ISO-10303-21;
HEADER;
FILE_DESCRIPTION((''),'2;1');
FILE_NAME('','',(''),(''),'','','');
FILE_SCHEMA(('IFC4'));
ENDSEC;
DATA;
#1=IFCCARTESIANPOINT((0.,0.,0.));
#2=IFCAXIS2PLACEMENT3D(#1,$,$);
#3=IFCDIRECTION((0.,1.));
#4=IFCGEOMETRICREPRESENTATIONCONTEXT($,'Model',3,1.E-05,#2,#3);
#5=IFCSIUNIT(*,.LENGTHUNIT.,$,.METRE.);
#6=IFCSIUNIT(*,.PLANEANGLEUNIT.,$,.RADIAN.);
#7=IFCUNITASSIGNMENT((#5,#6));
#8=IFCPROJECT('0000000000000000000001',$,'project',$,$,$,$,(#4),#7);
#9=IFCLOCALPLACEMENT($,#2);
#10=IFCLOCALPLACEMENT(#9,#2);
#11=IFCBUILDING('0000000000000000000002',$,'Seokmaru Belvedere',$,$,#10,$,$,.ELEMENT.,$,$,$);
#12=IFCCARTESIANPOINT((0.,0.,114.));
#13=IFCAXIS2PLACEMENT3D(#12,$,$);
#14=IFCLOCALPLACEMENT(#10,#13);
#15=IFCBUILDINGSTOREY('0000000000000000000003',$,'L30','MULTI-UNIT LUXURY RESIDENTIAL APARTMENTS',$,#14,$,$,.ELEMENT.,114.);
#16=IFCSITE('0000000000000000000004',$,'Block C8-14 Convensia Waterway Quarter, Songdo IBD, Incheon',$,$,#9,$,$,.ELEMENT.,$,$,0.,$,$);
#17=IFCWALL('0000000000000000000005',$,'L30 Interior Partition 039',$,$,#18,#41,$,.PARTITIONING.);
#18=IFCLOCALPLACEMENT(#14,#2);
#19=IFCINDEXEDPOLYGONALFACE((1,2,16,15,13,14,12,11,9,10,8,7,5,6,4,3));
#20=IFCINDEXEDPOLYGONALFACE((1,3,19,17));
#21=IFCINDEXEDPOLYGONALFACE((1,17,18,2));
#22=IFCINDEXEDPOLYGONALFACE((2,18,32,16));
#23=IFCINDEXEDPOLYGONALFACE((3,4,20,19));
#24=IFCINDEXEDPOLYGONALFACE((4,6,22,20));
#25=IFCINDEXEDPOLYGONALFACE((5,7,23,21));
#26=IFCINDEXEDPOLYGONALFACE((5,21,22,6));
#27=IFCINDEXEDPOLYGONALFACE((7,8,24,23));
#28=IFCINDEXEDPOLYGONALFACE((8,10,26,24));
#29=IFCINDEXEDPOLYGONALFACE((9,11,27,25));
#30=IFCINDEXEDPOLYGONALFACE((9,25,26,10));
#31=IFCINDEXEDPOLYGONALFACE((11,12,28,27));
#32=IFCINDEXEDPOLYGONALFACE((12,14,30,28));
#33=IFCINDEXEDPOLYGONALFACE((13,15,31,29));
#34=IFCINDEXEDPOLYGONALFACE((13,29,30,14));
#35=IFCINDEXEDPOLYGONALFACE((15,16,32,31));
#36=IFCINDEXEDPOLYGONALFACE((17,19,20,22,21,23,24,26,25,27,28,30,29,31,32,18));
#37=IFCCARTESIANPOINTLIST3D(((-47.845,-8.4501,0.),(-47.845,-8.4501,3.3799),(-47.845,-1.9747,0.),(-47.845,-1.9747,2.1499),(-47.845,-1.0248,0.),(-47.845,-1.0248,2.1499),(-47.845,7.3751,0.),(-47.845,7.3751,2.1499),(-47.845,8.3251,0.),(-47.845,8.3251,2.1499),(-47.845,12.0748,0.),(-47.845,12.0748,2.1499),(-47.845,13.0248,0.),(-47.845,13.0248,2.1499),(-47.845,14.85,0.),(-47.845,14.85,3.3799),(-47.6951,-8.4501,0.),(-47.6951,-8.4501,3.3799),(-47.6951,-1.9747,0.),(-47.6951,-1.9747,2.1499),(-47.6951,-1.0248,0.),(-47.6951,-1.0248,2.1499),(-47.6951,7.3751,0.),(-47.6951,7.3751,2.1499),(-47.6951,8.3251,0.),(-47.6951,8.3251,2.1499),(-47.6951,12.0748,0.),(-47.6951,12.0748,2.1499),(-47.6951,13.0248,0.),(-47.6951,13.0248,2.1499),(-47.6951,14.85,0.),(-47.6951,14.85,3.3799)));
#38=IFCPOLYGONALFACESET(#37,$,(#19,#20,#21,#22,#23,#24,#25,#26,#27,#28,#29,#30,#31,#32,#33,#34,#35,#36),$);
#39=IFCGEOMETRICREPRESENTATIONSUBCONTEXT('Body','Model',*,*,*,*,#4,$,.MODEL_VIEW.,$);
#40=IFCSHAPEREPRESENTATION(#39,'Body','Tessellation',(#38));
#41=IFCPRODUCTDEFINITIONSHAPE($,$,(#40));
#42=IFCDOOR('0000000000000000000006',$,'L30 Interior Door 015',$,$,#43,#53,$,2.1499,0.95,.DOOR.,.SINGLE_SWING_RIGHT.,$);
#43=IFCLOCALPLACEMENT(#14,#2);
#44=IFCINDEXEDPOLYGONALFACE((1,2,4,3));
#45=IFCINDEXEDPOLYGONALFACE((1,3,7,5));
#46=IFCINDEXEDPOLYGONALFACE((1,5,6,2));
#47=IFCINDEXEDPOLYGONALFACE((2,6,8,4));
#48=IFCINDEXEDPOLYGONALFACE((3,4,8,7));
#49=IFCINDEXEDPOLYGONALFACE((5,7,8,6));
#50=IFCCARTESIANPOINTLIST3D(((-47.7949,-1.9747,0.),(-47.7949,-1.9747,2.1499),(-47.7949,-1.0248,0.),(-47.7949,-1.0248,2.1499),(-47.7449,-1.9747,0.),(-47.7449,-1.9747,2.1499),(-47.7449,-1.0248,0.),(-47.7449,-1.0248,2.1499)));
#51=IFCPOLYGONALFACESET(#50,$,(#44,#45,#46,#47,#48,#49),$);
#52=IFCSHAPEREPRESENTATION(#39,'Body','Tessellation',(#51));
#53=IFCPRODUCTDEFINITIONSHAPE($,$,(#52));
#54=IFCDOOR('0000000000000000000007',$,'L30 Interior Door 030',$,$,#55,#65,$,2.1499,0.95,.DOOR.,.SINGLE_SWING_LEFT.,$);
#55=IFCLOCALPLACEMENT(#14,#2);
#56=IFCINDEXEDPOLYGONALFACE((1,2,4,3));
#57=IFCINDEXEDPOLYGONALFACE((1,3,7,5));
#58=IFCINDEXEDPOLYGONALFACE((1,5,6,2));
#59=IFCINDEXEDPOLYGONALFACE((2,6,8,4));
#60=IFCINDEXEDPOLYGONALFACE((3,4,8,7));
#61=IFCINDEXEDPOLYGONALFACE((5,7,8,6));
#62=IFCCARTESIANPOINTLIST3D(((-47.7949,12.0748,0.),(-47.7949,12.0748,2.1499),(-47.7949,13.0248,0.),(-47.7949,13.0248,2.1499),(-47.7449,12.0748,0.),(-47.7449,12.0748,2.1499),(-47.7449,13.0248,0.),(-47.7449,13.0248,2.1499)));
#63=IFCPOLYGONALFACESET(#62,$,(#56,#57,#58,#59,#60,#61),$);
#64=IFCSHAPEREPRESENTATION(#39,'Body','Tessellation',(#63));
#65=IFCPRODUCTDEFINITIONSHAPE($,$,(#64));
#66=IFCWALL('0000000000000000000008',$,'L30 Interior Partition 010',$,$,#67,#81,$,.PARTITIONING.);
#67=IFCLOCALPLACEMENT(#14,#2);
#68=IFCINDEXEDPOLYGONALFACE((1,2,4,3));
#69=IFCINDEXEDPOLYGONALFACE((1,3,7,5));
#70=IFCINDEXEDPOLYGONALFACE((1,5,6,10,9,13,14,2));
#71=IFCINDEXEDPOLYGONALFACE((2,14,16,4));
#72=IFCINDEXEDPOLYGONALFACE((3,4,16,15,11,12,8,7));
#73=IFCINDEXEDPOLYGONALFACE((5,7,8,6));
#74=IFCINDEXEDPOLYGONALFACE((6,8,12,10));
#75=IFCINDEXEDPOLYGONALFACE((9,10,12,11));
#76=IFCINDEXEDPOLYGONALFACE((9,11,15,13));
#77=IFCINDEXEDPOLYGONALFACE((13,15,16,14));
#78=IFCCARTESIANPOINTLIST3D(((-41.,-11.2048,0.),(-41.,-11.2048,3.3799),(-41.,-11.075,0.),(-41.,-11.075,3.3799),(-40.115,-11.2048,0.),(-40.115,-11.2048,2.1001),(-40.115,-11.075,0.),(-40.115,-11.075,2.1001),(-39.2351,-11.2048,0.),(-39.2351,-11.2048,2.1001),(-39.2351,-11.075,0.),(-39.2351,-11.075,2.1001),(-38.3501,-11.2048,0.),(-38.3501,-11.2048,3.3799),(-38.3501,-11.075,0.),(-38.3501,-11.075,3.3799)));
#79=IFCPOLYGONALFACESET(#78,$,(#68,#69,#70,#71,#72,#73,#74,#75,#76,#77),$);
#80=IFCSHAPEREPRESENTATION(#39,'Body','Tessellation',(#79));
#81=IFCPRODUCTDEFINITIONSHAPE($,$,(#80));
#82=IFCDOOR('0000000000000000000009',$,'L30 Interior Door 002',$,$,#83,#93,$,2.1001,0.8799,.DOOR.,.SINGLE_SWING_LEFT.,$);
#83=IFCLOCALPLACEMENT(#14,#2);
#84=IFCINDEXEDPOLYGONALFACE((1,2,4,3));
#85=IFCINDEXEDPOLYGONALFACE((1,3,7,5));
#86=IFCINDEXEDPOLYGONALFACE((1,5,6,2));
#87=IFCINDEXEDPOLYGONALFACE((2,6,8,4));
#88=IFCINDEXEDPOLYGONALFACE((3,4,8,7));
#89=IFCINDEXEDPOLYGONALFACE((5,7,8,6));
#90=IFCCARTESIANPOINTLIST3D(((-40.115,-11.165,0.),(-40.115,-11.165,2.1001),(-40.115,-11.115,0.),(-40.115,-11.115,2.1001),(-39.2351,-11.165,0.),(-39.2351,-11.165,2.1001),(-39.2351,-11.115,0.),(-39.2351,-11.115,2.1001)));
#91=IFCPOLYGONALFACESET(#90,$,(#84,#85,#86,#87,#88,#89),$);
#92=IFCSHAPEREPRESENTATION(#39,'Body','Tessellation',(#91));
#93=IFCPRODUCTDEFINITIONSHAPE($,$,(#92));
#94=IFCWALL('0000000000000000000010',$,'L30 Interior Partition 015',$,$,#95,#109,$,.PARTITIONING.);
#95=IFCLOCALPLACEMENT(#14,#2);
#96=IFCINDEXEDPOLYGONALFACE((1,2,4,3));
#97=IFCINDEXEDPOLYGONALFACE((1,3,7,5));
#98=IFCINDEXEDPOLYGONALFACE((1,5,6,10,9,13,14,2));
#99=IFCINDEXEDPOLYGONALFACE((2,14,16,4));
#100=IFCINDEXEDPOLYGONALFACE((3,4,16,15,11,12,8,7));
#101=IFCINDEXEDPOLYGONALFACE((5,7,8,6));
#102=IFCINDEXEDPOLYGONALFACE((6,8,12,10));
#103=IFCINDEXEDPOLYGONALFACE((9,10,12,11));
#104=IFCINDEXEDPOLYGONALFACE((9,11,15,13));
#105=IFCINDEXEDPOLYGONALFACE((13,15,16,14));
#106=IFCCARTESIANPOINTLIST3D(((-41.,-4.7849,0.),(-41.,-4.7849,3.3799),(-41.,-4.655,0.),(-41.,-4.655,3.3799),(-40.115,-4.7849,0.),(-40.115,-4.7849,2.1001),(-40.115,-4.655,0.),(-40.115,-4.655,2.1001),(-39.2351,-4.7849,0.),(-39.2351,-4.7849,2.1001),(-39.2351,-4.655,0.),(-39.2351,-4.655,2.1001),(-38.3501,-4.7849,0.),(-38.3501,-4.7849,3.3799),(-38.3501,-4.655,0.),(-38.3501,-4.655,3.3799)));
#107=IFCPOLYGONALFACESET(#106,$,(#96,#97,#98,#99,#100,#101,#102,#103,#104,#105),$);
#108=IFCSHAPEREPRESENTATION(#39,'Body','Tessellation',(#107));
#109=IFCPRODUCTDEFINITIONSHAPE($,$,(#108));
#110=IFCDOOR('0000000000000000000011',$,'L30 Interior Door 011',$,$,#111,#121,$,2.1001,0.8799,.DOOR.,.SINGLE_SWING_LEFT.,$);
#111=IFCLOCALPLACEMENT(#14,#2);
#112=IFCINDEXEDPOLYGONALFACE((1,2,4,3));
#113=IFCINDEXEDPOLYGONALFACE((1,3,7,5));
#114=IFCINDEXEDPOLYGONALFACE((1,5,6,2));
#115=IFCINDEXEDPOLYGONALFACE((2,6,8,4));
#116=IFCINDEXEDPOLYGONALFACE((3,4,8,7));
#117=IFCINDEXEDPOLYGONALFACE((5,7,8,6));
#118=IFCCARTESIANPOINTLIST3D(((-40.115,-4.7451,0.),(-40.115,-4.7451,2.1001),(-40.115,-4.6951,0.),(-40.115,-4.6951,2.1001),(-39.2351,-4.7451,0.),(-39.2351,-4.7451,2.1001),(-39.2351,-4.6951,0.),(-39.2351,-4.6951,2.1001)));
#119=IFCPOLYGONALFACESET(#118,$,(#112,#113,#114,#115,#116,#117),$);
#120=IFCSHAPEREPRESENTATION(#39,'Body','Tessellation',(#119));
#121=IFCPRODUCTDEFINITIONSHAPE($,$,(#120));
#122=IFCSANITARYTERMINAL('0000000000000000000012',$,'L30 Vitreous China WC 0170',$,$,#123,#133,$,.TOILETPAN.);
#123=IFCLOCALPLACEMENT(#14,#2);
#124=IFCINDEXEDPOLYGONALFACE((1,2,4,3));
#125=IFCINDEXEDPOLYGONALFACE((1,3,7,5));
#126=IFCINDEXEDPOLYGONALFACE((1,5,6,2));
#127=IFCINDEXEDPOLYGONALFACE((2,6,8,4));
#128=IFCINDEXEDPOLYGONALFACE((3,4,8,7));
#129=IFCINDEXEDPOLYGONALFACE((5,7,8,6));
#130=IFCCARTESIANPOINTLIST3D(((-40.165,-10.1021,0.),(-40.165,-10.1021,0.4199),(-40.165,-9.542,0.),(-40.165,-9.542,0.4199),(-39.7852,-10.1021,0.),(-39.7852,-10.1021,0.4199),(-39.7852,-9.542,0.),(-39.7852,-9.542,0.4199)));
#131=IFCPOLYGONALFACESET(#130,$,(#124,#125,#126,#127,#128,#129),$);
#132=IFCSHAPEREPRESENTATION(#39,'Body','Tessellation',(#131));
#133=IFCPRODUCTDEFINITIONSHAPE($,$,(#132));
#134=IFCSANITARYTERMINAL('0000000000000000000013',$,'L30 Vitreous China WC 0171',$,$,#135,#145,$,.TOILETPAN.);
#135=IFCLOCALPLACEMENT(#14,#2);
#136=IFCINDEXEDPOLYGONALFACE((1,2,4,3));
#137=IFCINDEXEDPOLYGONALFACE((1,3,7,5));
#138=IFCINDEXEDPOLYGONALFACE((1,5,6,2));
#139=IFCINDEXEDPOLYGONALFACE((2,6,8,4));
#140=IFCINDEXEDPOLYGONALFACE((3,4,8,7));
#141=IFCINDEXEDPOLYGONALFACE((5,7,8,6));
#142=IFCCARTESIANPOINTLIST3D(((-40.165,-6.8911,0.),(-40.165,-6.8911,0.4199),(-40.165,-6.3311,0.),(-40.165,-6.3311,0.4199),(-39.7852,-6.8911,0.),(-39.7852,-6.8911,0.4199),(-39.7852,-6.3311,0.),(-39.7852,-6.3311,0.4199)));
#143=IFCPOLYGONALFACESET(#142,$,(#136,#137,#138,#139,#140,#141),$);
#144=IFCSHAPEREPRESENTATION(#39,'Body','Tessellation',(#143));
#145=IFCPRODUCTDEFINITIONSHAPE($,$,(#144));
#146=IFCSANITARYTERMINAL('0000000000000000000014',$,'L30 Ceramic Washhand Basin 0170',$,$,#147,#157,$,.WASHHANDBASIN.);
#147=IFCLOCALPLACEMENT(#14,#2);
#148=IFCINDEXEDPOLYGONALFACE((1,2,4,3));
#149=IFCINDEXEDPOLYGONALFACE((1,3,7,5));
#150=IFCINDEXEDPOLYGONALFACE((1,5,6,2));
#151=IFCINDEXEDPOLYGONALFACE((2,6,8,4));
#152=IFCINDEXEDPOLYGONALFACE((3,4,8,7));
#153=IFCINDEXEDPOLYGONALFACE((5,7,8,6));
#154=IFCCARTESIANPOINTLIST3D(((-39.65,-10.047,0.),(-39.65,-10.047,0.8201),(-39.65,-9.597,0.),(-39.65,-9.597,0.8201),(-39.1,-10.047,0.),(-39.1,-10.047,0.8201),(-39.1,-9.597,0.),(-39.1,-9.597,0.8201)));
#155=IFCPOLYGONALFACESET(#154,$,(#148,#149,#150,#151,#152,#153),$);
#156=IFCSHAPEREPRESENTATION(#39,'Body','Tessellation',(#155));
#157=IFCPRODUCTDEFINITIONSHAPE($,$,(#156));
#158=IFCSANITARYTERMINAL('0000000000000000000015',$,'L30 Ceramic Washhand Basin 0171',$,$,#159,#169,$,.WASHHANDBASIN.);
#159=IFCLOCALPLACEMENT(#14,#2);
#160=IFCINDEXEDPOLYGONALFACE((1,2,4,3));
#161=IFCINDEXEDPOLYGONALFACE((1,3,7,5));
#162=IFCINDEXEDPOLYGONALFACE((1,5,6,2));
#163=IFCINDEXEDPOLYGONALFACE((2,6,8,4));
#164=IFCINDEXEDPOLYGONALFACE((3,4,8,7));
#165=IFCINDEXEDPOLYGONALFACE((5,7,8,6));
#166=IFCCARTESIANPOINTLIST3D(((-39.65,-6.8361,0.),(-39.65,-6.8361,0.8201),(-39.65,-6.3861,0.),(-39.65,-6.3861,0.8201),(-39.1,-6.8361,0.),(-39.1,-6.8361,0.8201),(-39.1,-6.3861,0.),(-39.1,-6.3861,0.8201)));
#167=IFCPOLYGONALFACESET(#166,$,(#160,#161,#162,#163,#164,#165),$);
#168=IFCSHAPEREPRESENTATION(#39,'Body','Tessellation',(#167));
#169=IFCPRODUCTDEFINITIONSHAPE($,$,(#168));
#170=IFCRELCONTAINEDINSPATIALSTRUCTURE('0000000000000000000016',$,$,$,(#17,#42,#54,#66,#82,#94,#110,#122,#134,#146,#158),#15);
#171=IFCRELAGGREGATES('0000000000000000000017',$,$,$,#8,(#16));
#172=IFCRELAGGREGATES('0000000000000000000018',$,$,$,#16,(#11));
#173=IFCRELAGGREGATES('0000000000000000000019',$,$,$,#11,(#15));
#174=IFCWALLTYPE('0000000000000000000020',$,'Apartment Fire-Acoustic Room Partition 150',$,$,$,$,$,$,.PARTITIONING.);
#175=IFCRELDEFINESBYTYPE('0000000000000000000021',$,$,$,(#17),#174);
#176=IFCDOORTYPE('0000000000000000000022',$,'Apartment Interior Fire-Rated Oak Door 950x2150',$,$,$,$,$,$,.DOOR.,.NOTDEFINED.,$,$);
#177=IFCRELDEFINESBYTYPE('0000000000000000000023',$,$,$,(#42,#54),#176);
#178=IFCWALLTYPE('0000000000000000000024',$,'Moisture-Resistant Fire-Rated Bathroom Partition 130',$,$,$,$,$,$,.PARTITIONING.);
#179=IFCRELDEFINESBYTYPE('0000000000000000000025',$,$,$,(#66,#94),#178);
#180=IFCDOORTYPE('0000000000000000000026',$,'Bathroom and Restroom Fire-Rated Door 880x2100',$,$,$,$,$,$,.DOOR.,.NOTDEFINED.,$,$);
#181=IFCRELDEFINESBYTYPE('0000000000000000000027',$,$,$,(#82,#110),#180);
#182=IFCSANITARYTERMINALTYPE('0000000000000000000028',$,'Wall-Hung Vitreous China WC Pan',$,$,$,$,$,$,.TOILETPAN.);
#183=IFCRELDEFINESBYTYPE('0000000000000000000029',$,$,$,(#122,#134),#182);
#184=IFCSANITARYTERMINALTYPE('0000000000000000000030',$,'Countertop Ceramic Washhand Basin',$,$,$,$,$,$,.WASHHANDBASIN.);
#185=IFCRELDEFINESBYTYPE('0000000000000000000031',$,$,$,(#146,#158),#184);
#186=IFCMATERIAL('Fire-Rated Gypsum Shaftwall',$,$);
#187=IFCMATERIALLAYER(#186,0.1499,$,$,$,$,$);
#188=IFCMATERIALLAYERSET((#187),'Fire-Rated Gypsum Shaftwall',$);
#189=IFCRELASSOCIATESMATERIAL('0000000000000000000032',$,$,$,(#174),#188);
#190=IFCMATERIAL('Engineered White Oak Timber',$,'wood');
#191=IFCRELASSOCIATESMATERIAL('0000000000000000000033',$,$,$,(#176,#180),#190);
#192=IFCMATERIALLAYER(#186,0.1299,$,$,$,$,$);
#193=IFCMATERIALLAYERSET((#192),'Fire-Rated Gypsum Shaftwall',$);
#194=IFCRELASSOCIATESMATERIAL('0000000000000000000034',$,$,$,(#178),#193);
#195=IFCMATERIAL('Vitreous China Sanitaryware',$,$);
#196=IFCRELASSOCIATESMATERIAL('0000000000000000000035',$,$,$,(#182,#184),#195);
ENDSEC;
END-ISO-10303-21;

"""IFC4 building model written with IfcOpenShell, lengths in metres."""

from ifc_helpers import new_model, si_unit, direction, frame, frame_2d, origin, origin_2d, place, context, subcontext, project, spatial, rectangle, extrude, source, transform, mapped, material, layer, layer_set, type_object, type_shapes, element, fill, save


model = new_model("IFC4")

# Units and contexts
model_context = context("Model", 3, precision=1e-05, world=origin(), true_north=direction((0.0, 1.0)))
body_context = subcontext(model_context, "Body", "Model", "MODEL_VIEW")
ifc_project = project(units=[si_unit("LENGTHUNIT", "METRE"), si_unit("PLANEANGLEUNIT", "RADIAN")], contexts=[model_context])

# Site, building, storey
site_placement = place(None, origin())
site = spatial("IfcSite", under=ifc_project, at=site_placement, Name="Block C8-14 Convensia Waterway Quarter, Songdo IBD, Incheon", CompositionType="ELEMENT", RefElevation=0.0)
building_placement = place(site_placement, origin())
building = spatial("IfcBuilding", under=site, at=building_placement, Name="Seokmaru Belvedere", CompositionType="ELEMENT")
storey_placement = place(building_placement, frame((0.0, 0.0, 114.0)))
storey = spatial("IfcBuildingStorey", under=building, at=storey_placement, Name="L30", Description="MULTI-UNIT LUXURY RESIDENTIAL APARTMENTS", CompositionType="ELEMENT", Elevation=114.0)

# Wall, openings, doors
ifc_material_1 = material(Name="Fire-Rated Gypsum Shaftwall")
ifc_layer_1 = layer(ifc_material_1, 0.1499)
ifc_layer_set_1 = layer_set([ifc_layer_1], Name="Fire-Rated Gypsum Shaftwall")
wall_type_1 = type_object("IfcWallType", Name="Apartment Fire-Acoustic Room Partition 150", PredefinedType="PARTITIONING", material=ifc_layer_set_1)
wall_1_placement = place(storey_placement, frame((-47.77, -8.45, 0.0), z_axis=(0.0, 0.0, 1.0), x_axis=(0.0, 1.0, 0.0)))
wall_1 = element("IfcWall", 1, at=wall_1_placement, inside=storey, type_object=wall_type_1, Name="L30 Interior Partition 039", PredefinedType="PARTITIONING", context=body_context, shape_type="SweptSolid", body=[
    extrude(rectangle(XDim=23.3, YDim=0.1499, at=frame_2d((11.6499, 0.0))), origin(), (0.0, 0.0, 1.0), 3.3799),
])
opening_1_placement = place(wall_1_placement, frame((6.4751, 0.0, 0.0)))
opening_1 = element("IfcOpeningElement", 2, at=opening_1_placement, cuts=wall_1, PredefinedType="OPENING", context=body_context, shape_type="SweptSolid", body=[
    extrude(rectangle(XDim=0.95, YDim=2.1499, at=frame_2d((0.4751, 1.075))), frame((0.0, 0.085, 0.0), z_axis=(0.0, -1.0, 0.0), x_axis=(1.0, 0.0, 0.0)), (0.0, 0.0, 1.0), 0.1699),
])
opening_2_placement = place(wall_1_placement, frame((20.5247, 0.0, 0.0)))
opening_2 = element("IfcOpeningElement", 3, at=opening_2_placement, cuts=wall_1, PredefinedType="OPENING", context=body_context, shape_type="SweptSolid", body=[
    extrude(rectangle(XDim=0.95, YDim=2.1499, at=frame_2d((0.4751, 1.075))), frame((0.0, 0.085, 0.0), z_axis=(0.0, -1.0, 0.0), x_axis=(1.0, 0.0, 0.0)), (0.0, 0.0, 1.0), 0.1699),
])
opening_3_placement = place(wall_1_placement, frame((15.825, 0.0, 0.0)))
element("IfcOpeningElement", 4, at=opening_3_placement, cuts=wall_1, PredefinedType="OPENING", context=body_context, shape_type="SweptSolid", body=[
    extrude(rectangle(XDim=0.95, YDim=2.1499, at=frame_2d((0.4751, 1.075))), frame((0.0, 0.085, 0.0), z_axis=(0.0, -1.0, 0.0), x_axis=(1.0, 0.0, 0.0)), (0.0, 0.0, 1.0), 0.1699),
])
ifc_material_2 = material(Name="Engineered White Oak Timber", Category="wood")
door_type_1 = type_object("IfcDoorType", Name="Apartment Interior Fire-Rated Oak Door 950x2150", OperationType="NOTDEFINED", PredefinedType="DOOR", material=ifc_material_2)
shared_shape_1 = source(origin(), body_context, "Body", "SweptSolid", [
    extrude(rectangle(XDim=0.95, YDim=2.1499, at=frame_2d((0.4751, 1.075))), frame((0.0, 0.0249, 0.0), z_axis=(0.0, -1.0, 0.0), x_axis=(1.0, 0.0, 0.0)), (0.0, 0.0, 1.0), 0.05),
])
type_shapes(door_type_1, [shared_shape_1])
door_1_placement = place(opening_1_placement, origin())
door_1 = element("IfcDoor", 5, at=door_1_placement, inside=storey, type_object=door_type_1, Name="L30 Interior Door 015", OperationType="SINGLE_SWING_RIGHT", OverallHeight=2.1499, OverallWidth=0.95, PredefinedType="DOOR", context=body_context, shape_type="MappedRepresentation", body=[
    mapped(shared_shape_1, transform((0.0, 0.0, 0.0), scale=1.0)),
])
fill(opening_1, door_1)
door_2_placement = place(opening_2_placement, origin())
door_2 = element("IfcDoor", 6, at=door_2_placement, inside=storey, type_object=door_type_1, Name="L30 Interior Door 030", OperationType="SINGLE_SWING_LEFT", OverallHeight=2.1499, OverallWidth=0.95, PredefinedType="DOOR", context=body_context, shape_type="MappedRepresentation", body=[
    mapped(shared_shape_1, transform((0.0, 0.0, 0.0), scale=1.0)),
])
fill(opening_2, door_2)

# Walls, openings, doors
ifc_layer_2 = layer(ifc_material_1, 0.1299)
ifc_layer_set_2 = layer_set([ifc_layer_2], Name="Fire-Rated Gypsum Shaftwall")
wall_type_2 = type_object("IfcWallType", Name="Moisture-Resistant Fire-Rated Bathroom Partition 130", PredefinedType="PARTITIONING", material=ifc_layer_set_2)
wall_2_placement = place(storey_placement, frame((-41.0, -11.1399, 0.0), z_axis=(0.0, 0.0, 1.0), x_axis=(1.0, 0.0, 0.0)))
wall_2 = element("IfcWall", 7, at=wall_2_placement, inside=storey, type_object=wall_type_2, Name="L30 Interior Partition 010", PredefinedType="PARTITIONING", context=body_context, shape_type="SweptSolid", body=[
    extrude(rectangle(XDim=2.6499, YDim=0.1299, at=frame_2d((1.325, 0.0))), origin(), (0.0, 0.0, 1.0), 3.3799),
])
opening_4_placement = place(wall_2_placement, frame((0.885, 0.0, 0.0)))
opening_4 = element("IfcOpeningElement", 8, at=opening_4_placement, cuts=wall_2, PredefinedType="OPENING", context=body_context, shape_type="SweptSolid", body=[
    extrude(rectangle(XDim=0.8799, YDim=2.1001, at=frame_2d((0.4399, 1.05))), frame((0.0, 0.075, 0.0), z_axis=(0.0, -1.0, 0.0), x_axis=(1.0, 0.0, 0.0)), (0.0, 0.0, 1.0), 0.1499),
])
door_type_2 = type_object("IfcDoorType", Name="Bathroom and Restroom Fire-Rated Door 880x2100", OperationType="NOTDEFINED", PredefinedType="DOOR", material=ifc_material_2)
shared_shape_2 = source(origin(), body_context, "Body", "SweptSolid", [
    extrude(rectangle(XDim=0.8799, YDim=2.1001, at=frame_2d((0.4399, 1.05))), frame((0.0, 0.0249, 0.0), z_axis=(0.0, -1.0, 0.0), x_axis=(1.0, 0.0, 0.0)), (0.0, 0.0, 1.0), 0.05),
])
type_shapes(door_type_2, [shared_shape_2])
door_3_placement = place(opening_4_placement, origin())
door_3 = element("IfcDoor", 9, at=door_3_placement, inside=storey, type_object=door_type_2, Name="L30 Interior Door 002", OperationType="SINGLE_SWING_LEFT", OverallHeight=2.1001, OverallWidth=0.8799, PredefinedType="DOOR", context=body_context, shape_type="MappedRepresentation", body=[
    mapped(shared_shape_2, transform((0.0, 0.0, 0.0), scale=1.0)),
])
fill(opening_4, door_3)
wall_3_placement = place(storey_placement, frame((-41.0, -4.72, 0.0), z_axis=(0.0, 0.0, 1.0), x_axis=(1.0, 0.0, 0.0)))
wall_3 = element("IfcWall", 10, at=wall_3_placement, inside=storey, type_object=wall_type_2, Name="L30 Interior Partition 015", PredefinedType="PARTITIONING", context=body_context, shape_type="SweptSolid", body=[
    extrude(rectangle(XDim=2.6499, YDim=0.1299, at=frame_2d((1.325, 0.0))), origin(), (0.0, 0.0, 1.0), 3.3799),
])
opening_5_placement = place(wall_3_placement, frame((0.885, 0.0, 0.0)))
opening_5 = element("IfcOpeningElement", 11, at=opening_5_placement, cuts=wall_3, PredefinedType="OPENING", context=body_context, shape_type="SweptSolid", body=[
    extrude(rectangle(XDim=0.8799, YDim=2.1001, at=frame_2d((0.4399, 1.05))), frame((0.0, 0.075, 0.0), z_axis=(0.0, -1.0, 0.0), x_axis=(1.0, 0.0, 0.0)), (0.0, 0.0, 1.0), 0.1499),
])
door_4_placement = place(opening_5_placement, origin())
door_4 = element("IfcDoor", 12, at=door_4_placement, inside=storey, type_object=door_type_2, Name="L30 Interior Door 011", OperationType="SINGLE_SWING_LEFT", OverallHeight=2.1001, OverallWidth=0.8799, PredefinedType="DOOR", context=body_context, shape_type="MappedRepresentation", body=[
    mapped(shared_shape_2, transform((0.0, 0.0, 0.0), scale=1.0)),
])
fill(opening_5, door_4)

# Sanitary terminals
ifc_material_3 = material(Name="Vitreous China Sanitaryware")
sanitary_terminal_type_1 = type_object("IfcSanitaryTerminalType", Name="Wall-Hung Vitreous China WC Pan", PredefinedType="TOILETPAN", material=ifc_material_3)
shared_shape_3 = source(origin(), body_context, "Body", "SweptSolid", [
    extrude(rectangle(XDim=0.3799, YDim=0.5601, at=origin_2d()), origin(), (0.0, 0.0, 1.0), 0.4199),
])
type_shapes(sanitary_terminal_type_1, [shared_shape_3])
for number, where, z_axis, x_axis, name in (
    (13, (-39.9751, -9.822, 0.0), (0.0, 0.0, 1.0), (1.0, 0.0, 0.0), "L30 Vitreous China WC 0170"),
    (14, (-39.9751, -6.6111, 0.0), (0.0, 0.0, 1.0), (1.0, 0.0, 0.0), "L30 Vitreous China WC 0171"),
):
    element("IfcSanitaryTerminal", number, at=place(storey_placement, frame(where, z_axis=z_axis, x_axis=x_axis)), inside=storey, type_object=sanitary_terminal_type_1, Name=name, PredefinedType="TOILETPAN", context=body_context, shape_type="MappedRepresentation", body=[
        mapped(shared_shape_3, transform((0.0, 0.0, 0.0), scale=1.0)),
    ])
sanitary_terminal_type_2 = type_object("IfcSanitaryTerminalType", Name="Countertop Ceramic Washhand Basin", PredefinedType="WASHHANDBASIN", material=ifc_material_3)
shared_shape_4 = source(origin(), body_context, "Body", "SweptSolid", [
    extrude(rectangle(XDim=0.55, YDim=0.45, at=origin_2d()), origin(), (0.0, 0.0, 1.0), 0.8201),
])
type_shapes(sanitary_terminal_type_2, [shared_shape_4])
for number, where, z_axis, x_axis, name in (
    (15, (-39.375, -9.822, 0.0), (0.0, 0.0, 1.0), (1.0, 0.0, 0.0), "L30 Ceramic Washhand Basin 0170"),
    (16, (-39.375, -6.6111, 0.0), (0.0, 0.0, 1.0), (1.0, 0.0, 0.0), "L30 Ceramic Washhand Basin 0171"),
):
    element("IfcSanitaryTerminal", number, at=place(storey_placement, frame(where, z_axis=z_axis, x_axis=x_axis)), inside=storey, type_object=sanitary_terminal_type_2, Name=name, PredefinedType="WASHHANDBASIN", context=body_context, shape_type="MappedRepresentation", body=[
        mapped(shared_shape_4, transform((0.0, 0.0, 0.0), scale=1.0)),
    ])

save(model, "model.ifc")
